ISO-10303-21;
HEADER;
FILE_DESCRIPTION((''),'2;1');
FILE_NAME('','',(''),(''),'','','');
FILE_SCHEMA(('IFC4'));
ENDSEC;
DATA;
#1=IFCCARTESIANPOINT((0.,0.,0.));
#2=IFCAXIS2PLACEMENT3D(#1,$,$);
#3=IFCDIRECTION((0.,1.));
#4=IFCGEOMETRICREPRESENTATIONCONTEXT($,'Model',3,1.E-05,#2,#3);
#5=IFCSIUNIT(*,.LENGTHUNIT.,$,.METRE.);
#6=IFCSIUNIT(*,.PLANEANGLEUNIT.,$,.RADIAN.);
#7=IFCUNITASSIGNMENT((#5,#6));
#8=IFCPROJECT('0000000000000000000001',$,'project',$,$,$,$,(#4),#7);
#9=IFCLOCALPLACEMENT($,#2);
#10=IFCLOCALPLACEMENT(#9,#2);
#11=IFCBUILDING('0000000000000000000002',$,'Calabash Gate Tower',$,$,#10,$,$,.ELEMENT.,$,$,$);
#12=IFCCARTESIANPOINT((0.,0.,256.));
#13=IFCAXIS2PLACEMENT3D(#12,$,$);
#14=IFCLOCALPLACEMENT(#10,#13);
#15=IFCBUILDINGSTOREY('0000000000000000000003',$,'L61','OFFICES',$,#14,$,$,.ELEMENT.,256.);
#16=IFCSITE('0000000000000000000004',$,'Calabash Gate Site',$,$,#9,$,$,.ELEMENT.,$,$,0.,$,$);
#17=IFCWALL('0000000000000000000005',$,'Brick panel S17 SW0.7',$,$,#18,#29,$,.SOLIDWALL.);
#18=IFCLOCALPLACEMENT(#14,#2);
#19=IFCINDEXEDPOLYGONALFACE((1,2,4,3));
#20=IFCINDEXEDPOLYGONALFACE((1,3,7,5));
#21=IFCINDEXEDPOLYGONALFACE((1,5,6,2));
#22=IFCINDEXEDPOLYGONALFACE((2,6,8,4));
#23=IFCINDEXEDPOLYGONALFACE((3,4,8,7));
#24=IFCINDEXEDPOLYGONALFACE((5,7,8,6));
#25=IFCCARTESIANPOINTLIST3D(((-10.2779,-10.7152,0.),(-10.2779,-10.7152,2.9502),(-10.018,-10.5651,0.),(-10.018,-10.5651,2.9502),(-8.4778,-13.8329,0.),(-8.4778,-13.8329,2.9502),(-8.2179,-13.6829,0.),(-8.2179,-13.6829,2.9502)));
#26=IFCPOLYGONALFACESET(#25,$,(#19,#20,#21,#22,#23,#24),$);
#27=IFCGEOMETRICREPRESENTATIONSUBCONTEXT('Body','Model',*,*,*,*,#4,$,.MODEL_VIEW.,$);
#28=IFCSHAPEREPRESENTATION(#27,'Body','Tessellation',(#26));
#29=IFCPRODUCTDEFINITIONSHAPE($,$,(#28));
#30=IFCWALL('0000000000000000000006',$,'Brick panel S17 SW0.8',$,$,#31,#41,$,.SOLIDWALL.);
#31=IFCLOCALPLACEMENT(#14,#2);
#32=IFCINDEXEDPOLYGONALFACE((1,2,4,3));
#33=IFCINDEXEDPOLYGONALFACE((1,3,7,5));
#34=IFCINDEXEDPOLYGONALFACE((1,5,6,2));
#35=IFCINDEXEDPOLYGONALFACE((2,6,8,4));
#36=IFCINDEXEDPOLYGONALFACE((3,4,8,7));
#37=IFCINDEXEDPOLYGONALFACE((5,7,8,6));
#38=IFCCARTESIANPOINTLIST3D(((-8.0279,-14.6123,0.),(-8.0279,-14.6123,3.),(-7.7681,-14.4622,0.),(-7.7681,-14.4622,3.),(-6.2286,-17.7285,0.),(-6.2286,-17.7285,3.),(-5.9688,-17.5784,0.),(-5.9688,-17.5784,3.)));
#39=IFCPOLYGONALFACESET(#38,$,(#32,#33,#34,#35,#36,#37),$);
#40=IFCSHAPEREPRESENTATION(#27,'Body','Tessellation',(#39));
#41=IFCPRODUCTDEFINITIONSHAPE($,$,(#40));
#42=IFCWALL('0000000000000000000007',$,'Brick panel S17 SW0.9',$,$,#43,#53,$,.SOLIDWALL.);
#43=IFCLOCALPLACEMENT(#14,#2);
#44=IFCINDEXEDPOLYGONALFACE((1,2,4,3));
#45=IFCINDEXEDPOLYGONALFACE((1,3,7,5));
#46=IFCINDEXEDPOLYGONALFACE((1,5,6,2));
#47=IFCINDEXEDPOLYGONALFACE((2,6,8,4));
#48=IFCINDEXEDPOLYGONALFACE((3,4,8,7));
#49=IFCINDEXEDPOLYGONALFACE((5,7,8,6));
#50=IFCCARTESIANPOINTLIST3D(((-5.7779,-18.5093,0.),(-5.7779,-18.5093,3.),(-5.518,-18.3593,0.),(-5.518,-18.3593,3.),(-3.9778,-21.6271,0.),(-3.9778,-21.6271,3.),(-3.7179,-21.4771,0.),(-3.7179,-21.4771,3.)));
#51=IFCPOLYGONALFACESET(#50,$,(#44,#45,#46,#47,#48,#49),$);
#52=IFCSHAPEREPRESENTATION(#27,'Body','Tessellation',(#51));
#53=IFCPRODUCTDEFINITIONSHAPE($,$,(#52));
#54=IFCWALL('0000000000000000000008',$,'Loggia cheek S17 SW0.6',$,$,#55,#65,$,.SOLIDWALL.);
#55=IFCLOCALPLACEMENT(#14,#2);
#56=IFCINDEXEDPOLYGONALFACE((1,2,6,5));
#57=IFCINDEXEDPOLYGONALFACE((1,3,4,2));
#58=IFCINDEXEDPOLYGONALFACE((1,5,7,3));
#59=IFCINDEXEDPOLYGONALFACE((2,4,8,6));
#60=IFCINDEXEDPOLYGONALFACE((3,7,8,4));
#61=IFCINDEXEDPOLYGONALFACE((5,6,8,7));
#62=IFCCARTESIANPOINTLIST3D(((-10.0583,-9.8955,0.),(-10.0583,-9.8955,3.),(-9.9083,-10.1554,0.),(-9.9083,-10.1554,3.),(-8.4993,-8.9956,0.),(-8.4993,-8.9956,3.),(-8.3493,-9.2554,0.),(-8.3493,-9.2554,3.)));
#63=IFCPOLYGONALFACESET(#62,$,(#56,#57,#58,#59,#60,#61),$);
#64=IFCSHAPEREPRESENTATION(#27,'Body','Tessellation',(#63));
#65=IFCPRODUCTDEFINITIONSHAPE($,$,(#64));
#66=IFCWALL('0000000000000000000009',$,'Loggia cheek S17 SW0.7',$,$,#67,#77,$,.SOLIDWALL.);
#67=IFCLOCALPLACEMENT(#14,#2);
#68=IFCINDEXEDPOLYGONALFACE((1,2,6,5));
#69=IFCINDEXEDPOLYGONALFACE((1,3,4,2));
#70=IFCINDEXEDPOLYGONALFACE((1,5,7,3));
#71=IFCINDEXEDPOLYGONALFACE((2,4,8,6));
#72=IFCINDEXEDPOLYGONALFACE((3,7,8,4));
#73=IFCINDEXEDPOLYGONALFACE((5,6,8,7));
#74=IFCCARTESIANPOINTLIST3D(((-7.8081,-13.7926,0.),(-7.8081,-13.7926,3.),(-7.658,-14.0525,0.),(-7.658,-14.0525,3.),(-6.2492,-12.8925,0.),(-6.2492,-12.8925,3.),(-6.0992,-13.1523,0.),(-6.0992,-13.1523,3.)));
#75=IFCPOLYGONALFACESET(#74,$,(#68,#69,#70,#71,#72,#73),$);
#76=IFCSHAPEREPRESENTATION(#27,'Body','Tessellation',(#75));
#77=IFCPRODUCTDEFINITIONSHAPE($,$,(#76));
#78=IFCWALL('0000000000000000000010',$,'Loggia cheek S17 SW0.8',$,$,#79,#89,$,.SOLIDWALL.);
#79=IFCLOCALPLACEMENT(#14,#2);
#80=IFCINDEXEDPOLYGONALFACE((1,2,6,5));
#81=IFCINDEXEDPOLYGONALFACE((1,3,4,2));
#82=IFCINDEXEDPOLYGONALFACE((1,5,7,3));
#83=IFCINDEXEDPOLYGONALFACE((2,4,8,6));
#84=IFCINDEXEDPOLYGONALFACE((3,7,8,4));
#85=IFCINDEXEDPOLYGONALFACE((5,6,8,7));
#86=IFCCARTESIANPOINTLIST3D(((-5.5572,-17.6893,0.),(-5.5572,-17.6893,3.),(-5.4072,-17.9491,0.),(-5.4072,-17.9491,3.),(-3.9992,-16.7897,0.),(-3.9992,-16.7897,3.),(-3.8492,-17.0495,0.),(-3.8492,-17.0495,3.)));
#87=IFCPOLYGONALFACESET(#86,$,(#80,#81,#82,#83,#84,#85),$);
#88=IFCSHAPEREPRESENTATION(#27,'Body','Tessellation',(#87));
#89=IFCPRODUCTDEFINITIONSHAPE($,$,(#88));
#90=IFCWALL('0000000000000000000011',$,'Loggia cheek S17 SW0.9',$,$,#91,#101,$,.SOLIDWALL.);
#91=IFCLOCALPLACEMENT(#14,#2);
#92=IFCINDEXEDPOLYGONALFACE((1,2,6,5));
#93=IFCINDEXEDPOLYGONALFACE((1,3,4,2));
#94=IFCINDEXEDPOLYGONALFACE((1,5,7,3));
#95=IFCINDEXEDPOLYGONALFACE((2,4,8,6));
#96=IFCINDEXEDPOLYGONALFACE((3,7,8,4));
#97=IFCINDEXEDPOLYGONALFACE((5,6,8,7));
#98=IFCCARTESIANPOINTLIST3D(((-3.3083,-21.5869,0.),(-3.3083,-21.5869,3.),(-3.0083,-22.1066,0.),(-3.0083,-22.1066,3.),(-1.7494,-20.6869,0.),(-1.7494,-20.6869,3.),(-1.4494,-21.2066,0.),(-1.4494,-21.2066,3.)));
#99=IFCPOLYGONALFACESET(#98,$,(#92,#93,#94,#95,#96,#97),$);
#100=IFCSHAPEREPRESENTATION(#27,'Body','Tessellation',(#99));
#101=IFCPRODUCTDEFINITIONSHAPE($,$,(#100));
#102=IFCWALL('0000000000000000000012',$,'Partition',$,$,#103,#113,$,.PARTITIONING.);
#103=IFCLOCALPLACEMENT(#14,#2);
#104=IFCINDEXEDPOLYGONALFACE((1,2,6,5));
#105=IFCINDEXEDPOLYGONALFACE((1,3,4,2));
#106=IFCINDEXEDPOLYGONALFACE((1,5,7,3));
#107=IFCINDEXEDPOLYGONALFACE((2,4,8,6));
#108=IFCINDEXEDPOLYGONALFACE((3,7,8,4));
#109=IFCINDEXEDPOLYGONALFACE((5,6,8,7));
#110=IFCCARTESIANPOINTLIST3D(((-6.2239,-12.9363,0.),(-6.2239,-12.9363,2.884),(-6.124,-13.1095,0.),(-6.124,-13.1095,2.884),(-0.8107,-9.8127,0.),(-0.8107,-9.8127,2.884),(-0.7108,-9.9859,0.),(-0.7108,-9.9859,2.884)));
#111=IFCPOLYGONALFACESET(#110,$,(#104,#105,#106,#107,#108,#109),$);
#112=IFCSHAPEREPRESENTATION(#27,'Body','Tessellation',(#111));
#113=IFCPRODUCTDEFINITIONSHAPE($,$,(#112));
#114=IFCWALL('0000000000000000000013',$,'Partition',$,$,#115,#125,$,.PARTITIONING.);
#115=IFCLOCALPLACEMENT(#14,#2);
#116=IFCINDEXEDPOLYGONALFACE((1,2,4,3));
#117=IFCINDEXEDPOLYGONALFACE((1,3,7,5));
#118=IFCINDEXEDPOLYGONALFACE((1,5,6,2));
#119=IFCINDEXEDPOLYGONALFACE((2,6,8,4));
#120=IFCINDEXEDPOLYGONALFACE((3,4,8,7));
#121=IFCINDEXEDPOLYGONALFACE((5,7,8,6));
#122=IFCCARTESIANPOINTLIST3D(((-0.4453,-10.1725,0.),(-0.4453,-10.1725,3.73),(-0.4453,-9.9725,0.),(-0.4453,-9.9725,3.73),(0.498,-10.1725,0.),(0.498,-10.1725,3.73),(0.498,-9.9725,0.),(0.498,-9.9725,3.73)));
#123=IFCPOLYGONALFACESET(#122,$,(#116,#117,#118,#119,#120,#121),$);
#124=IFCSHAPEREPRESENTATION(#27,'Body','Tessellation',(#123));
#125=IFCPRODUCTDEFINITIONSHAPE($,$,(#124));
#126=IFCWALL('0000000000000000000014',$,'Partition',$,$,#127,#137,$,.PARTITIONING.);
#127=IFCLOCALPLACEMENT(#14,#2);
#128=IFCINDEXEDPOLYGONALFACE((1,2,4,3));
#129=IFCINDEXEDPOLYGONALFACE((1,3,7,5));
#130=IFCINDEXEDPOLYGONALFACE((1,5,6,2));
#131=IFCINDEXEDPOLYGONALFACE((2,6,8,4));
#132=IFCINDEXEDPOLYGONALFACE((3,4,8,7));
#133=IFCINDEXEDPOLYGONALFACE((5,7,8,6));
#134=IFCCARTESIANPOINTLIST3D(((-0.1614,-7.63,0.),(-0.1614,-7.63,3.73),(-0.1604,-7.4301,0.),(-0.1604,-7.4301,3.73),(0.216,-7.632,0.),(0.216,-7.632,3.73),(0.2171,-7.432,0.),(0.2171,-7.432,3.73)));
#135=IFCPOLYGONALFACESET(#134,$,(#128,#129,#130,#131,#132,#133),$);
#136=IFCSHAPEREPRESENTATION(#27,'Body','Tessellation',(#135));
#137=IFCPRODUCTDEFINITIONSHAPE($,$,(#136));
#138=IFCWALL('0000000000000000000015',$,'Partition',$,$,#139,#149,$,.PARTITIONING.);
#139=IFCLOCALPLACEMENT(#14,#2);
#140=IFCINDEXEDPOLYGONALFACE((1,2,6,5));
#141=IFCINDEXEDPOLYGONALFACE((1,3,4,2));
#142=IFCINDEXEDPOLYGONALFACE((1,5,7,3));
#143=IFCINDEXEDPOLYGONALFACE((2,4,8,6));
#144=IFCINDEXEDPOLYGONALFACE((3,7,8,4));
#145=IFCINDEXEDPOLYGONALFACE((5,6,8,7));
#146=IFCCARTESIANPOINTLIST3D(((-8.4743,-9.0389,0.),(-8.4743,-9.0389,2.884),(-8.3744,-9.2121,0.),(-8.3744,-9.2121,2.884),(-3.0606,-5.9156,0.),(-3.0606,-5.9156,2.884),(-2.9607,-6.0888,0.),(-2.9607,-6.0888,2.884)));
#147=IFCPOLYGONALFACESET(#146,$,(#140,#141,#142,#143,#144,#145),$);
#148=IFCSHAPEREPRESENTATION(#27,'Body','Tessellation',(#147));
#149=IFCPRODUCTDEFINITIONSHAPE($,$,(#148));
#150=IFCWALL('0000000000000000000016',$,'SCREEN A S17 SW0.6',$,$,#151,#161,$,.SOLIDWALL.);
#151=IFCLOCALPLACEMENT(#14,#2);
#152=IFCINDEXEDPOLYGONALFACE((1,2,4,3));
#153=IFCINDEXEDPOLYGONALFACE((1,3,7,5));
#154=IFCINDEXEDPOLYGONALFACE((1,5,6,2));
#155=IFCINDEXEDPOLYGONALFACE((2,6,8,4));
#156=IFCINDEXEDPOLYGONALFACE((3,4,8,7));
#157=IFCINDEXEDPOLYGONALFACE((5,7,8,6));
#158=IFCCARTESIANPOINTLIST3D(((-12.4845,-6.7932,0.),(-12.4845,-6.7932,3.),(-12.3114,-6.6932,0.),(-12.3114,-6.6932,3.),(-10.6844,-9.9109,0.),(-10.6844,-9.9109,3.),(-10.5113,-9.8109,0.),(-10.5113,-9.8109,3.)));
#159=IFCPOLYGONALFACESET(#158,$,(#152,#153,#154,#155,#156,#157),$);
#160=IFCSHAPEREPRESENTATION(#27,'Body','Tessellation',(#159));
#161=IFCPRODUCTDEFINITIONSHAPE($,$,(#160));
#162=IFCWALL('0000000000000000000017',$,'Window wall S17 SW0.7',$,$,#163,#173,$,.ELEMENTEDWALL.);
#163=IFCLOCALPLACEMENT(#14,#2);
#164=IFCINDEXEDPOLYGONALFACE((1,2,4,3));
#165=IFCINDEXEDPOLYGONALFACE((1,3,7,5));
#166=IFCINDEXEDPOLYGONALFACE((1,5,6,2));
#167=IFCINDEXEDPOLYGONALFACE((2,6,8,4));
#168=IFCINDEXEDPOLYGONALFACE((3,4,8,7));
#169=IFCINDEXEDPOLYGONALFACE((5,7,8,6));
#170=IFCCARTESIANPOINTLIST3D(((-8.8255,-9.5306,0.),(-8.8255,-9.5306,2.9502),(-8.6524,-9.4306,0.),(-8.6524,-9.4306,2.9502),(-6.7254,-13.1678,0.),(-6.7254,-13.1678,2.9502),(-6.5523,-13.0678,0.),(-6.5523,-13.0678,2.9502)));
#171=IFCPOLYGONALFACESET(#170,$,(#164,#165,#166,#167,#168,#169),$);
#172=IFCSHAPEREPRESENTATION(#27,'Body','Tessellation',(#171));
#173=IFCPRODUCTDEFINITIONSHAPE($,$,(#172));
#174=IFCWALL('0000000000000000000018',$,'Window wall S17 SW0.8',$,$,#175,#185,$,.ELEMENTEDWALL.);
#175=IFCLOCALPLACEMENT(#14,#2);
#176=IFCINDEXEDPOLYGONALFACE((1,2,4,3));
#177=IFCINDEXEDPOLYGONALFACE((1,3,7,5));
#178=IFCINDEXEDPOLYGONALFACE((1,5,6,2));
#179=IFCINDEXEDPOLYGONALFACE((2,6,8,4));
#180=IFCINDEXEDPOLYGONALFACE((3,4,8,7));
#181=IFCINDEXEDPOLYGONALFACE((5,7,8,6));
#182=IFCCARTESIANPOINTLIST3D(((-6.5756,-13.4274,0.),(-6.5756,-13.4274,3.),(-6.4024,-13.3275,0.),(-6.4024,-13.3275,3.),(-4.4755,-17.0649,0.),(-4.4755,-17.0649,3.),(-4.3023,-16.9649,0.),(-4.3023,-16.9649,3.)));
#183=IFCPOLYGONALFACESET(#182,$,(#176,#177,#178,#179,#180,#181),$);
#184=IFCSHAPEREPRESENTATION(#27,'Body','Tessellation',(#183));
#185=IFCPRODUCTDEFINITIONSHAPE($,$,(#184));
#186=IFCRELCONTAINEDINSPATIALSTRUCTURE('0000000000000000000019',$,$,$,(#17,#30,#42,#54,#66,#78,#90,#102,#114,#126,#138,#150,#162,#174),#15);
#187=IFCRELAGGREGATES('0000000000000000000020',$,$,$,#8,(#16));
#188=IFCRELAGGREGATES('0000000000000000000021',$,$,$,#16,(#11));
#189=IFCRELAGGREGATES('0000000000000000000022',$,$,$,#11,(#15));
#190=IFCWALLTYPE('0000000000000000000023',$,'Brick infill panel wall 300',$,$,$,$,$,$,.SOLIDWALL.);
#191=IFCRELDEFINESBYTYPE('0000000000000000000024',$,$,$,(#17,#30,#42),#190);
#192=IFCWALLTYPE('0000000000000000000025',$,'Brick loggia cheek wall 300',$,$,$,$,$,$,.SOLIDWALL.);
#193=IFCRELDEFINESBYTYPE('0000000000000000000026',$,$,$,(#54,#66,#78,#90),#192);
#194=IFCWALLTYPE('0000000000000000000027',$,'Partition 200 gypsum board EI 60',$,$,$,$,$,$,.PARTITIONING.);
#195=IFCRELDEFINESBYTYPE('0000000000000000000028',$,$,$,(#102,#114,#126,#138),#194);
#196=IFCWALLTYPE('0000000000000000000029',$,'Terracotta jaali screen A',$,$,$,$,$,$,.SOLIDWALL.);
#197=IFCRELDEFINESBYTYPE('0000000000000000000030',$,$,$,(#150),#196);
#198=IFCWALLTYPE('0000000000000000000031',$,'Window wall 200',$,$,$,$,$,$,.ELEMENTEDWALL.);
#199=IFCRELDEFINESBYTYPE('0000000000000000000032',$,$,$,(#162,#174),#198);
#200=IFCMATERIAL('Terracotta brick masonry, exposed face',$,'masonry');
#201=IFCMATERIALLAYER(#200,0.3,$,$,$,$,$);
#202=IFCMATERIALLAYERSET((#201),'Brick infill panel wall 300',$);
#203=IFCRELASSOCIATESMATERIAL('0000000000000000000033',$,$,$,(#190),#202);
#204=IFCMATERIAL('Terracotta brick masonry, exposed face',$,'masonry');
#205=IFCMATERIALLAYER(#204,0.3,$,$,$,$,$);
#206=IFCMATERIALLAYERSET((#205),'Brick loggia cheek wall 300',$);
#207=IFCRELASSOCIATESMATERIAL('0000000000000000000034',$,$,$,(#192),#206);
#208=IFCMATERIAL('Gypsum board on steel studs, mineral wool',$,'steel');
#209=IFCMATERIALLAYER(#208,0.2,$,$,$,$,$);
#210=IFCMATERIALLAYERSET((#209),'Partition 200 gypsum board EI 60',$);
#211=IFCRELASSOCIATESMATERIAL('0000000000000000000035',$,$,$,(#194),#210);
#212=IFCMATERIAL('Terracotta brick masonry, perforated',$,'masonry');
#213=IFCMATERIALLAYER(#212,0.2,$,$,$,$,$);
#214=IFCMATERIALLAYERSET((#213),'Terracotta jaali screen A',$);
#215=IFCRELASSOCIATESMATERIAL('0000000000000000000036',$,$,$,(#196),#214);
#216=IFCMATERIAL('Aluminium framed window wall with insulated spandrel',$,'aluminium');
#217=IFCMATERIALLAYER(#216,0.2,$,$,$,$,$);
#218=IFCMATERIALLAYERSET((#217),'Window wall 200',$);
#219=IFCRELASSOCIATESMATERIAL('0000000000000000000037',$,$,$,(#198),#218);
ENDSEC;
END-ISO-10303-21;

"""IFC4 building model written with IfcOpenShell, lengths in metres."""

from ifc_helpers import new_model, si_unit, direction, frame, frame_2d, origin, place, context, subcontext, project, spatial, rectangle, extrude, material, layer, layer_set, type_object, element, save


model = new_model("IFC4")

# Units and contexts
model_context = context("Model", 3, precision=1e-05, world=origin(), true_north=direction((0.0, 1.0)))
body_context = subcontext(model_context, "Body", "Model", "MODEL_VIEW")
ifc_project = project(units=[si_unit("LENGTHUNIT", "METRE"), si_unit("PLANEANGLEUNIT", "RADIAN")], contexts=[model_context])

# Site, building, storey
site_placement = place(None, origin())
site = spatial("IfcSite", under=ifc_project, at=site_placement, Name="Calabash Gate Site", CompositionType="ELEMENT", RefElevation=0.0)
building_placement = place(site_placement, origin())
building = spatial("IfcBuilding", under=site, at=building_placement, Name="Calabash Gate Tower", CompositionType="ELEMENT")
storey_placement = place(building_placement, frame((0.0, 0.0, 256.0)))
storey = spatial("IfcBuildingStorey", under=building, at=storey_placement, Name="L61", Description="OFFICES", CompositionType="ELEMENT", Elevation=256.0)

# Walls
ifc_material_1 = material(Name="Terracotta brick masonry, exposed face", Category="masonry")
ifc_layer_1 = layer(ifc_material_1, 0.3)
ifc_layer_set_1 = layer_set([ifc_layer_1], Name="Brick infill panel wall 300")
wall_type_1 = type_object("IfcWallType", Name="Brick infill panel wall 300", PredefinedType="SOLIDWALL", material=ifc_layer_set_1)
wall_1_placement = place(storey_placement, frame((-10.1479, -10.6401, 0.0), z_axis=(0.0, 0.0, 1.0), x_axis=(0.500012, -0.866018, 0.0)))
element("IfcWall", 1, at=wall_1_placement, inside=storey, type_object=wall_type_1, Name="Brick panel S17 SW0.7", PredefinedType="SOLIDWALL", context=body_context, shape_type="SweptSolid", body=[
    extrude(rectangle(XDim=3.6001, YDim=0.3, at=frame_2d((1.8, 0.0))), origin(), (0.0, 0.0, 1.0), 2.9502),
])
wall_2_placement = place(storey_placement, frame((-6.0986, -17.6536, 0.0), z_axis=(0.0, 0.0, 1.0), x_axis=(-0.500036, 0.866005, 0.0)))
element("IfcWall", 2, at=wall_2_placement, inside=storey, type_object=wall_type_1, Name="Brick panel S17 SW0.8", PredefinedType="SOLIDWALL", context=body_context, shape_type="SweptSolid", body=[
    extrude(rectangle(XDim=3.5984, YDim=0.3, at=frame_2d((1.7993, 0.0))), origin(), (0.0, 0.0, 1.0), 3.0),
])
wall_3_placement = place(storey_placement, frame((-5.6479, -18.4343, 0.0), z_axis=(0.0, 0.0, 1.0), x_axis=(0.500012, -0.866018, 0.0)))
element("IfcWall", 3, at=wall_3_placement, inside=storey, type_object=wall_type_1, Name="Brick panel S17 SW0.9", PredefinedType="SOLIDWALL", context=body_context, shape_type="SweptSolid", body=[
    extrude(rectangle(XDim=3.6001, YDim=0.3, at=frame_2d((1.8, 0.0))), origin(), (0.0, 0.0, 1.0), 3.0),
])
ifc_material_2 = material(Name="Terracotta brick masonry, exposed face", Category="masonry")
ifc_layer_2 = layer(ifc_material_2, 0.3)
ifc_layer_set_2 = layer_set([ifc_layer_2], Name="Brick loggia cheek wall 300")
wall_type_2 = type_object("IfcWallType", Name="Brick loggia cheek wall 300", PredefinedType="SOLIDWALL", material=ifc_layer_set_2)
for number, where, z_axis, x_axis, name in (
    (4, (-9.9832, -10.0254, 0.0), (0.0, 0.0, 1.0), (0.866048, 0.499961, 0.0), "Loggia cheek S17 SW0.6"),
    (5, (-6.1743, -13.0225, 0.0), (0.0, 0.0, 1.0), (-0.865989, -0.500063, 0.0), "Loggia cheek S17 SW0.7"),
):
    element("IfcWall", number, at=place(storey_placement, frame(where, z_axis=z_axis, x_axis=x_axis)), inside=storey, type_object=wall_type_2, Name=name, PredefinedType="SOLIDWALL", context=body_context, shape_type="SweptSolid", body=[
        extrude(rectangle(XDim=1.8, YDim=0.3, at=frame_2d((0.8999, 0.0))), origin(), (0.0, 0.0, 1.0), 3.0),
    ])
wall_4_placement = place(storey_placement, frame((-3.9243, -16.9197, 0.0), z_axis=(0.0, 0.0, 1.0), x_axis=(-0.866005, -0.500036, 0.0)))
element("IfcWall", 6, at=wall_4_placement, inside=storey, type_object=wall_type_2, Name="Loggia cheek S17 SW0.8", PredefinedType="SOLIDWALL", context=body_context, shape_type="SweptSolid", body=[
    extrude(rectangle(XDim=1.7991, YDim=0.3, at=frame_2d((0.8994, 0.0))), origin(), (0.0, 0.0, 1.0), 3.0),
])
wall_5_placement = place(storey_placement, frame((-3.1582, -21.8467, 0.0), z_axis=(0.0, 0.0, 1.0), x_axis=(0.866048, 0.499961, 0.0)))
element("IfcWall", 7, at=wall_5_placement, inside=storey, type_object=wall_type_2, Name="Loggia cheek S17 SW0.9", PredefinedType="SOLIDWALL", context=body_context, shape_type="SweptSolid", body=[
    extrude(rectangle(XDim=1.8, YDim=0.6001, at=frame_2d((0.8999, 0.0))), origin(), (0.0, 0.0, 1.0), 3.0),
])
ifc_material_3 = material(Name="Gypsum board on steel studs, mineral wool", Category="steel")
ifc_layer_3 = layer(ifc_material_3, 0.2)
ifc_layer_set_3 = layer_set([ifc_layer_3], Name="Partition 200 gypsum board EI 60")
wall_type_3 = type_object("IfcWallType", Name="Partition 200 gypsum board EI 60", PredefinedType="PARTITIONING", material=ifc_layer_set_3)
wall_6_placement = place(storey_placement, frame((-6.1741, -13.0229, 0.0), z_axis=(0.0, 0.0, 1.0), x_axis=(0.866144, 0.499795, 0.0)))
element("IfcWall", 8, at=wall_6_placement, inside=storey, type_object=wall_type_3, Name="Partition", PredefinedType="PARTITIONING", context=body_context, shape_type="SweptSolid", body=[
    extrude(rectangle(XDim=6.2498, YDim=0.2, at=frame_2d((3.125, 0.0))), origin(), (0.0, 0.0, 1.0), 2.884),
])
wall_7_placement = place(storey_placement, frame((-0.4453, -10.0725, 0.0), z_axis=(0.0, 0.0, 1.0), x_axis=(1.0, 0.0, 0.0)))
element("IfcWall", 9, at=wall_7_placement, inside=storey, type_object=wall_type_3, Name="Partition", PredefinedType="PARTITIONING", context=body_context, shape_type="SweptSolid", body=[
    extrude(rectangle(XDim=0.9434, YDim=0.2, at=frame_2d((0.4717, 0.0))), origin(), (0.0, 0.0, 1.0), 3.73),
])
wall_8_placement = place(storey_placement, frame((-0.1609, -7.53, 0.0), z_axis=(0.0, 0.0, 1.0), x_axis=(0.999987, -0.005175, 0.0)))
element("IfcWall", 10, at=wall_8_placement, inside=storey, type_object=wall_type_3, Name="Partition", PredefinedType="PARTITIONING", context=body_context, shape_type="SweptSolid", body=[
    extrude(rectangle(XDim=0.3774, YDim=0.2, at=frame_2d((0.1887, 0.0))), origin(), (0.0, 0.0, 1.0), 3.73),
])
wall_9_placement = place(storey_placement, frame((-8.4243, -9.1255, 0.0), z_axis=(0.0, 0.0, 1.0), x_axis=(0.86618, 0.499731, 0.0)))
element("IfcWall", 11, at=wall_9_placement, inside=storey, type_object=wall_type_3, Name="Partition", PredefinedType="PARTITIONING", context=body_context, shape_type="SweptSolid", body=[
    extrude(rectangle(XDim=6.25, YDim=0.2, at=frame_2d((3.125, 0.0))), origin(), (0.0, 0.0, 1.0), 2.884),
])
ifc_material_4 = material(Name="Terracotta brick masonry, perforated", Category="masonry")
ifc_layer_4 = layer(ifc_material_4, 0.2)
ifc_layer_set_4 = layer_set([ifc_layer_4], Name="Terracotta jaali screen A")
wall_type_4 = type_object("IfcWallType", Name="Terracotta jaali screen A", PredefinedType="SOLIDWALL", material=ifc_layer_set_4)
wall_10_placement = place(storey_placement, frame((-12.3979, -6.7432, 0.0), z_axis=(0.0, 0.0, 1.0), x_axis=(0.500012, -0.866018, 0.0)))
element("IfcWall", 12, at=wall_10_placement, inside=storey, type_object=wall_type_4, Name="SCREEN A S17 SW0.6", PredefinedType="SOLIDWALL", context=body_context, shape_type="SweptSolid", body=[
    extrude(rectangle(XDim=3.6001, YDim=0.2, at=frame_2d((1.8, 0.0))), origin(), (0.0, 0.0, 1.0), 3.0),
])
ifc_material_5 = material(Name="Aluminium framed window wall with insulated spandrel", Category="aluminium")
ifc_layer_5 = layer(ifc_material_5, 0.2)
ifc_layer_set_5 = layer_set([ifc_layer_5], Name="Window wall 200")
wall_type_5 = type_object("IfcWallType", Name="Window wall 200", PredefinedType="ELEMENTEDWALL", material=ifc_layer_set_5)
wall_11_placement = place(storey_placement, frame((-8.739, -9.4805, 0.0), z_axis=(0.0, 0.0, 1.0), x_axis=(0.500028, -0.866009, 0.0)))
element("IfcWall", 13, at=wall_11_placement, inside=storey, type_object=wall_type_5, Name="Window wall S17 SW0.7", PredefinedType="ELEMENTEDWALL", context=body_context, shape_type="SweptSolid", body=[
    extrude(rectangle(XDim=4.2, YDim=0.2, at=frame_2d((2.1001, 0.0))), origin(), (0.0, 0.0, 1.0), 2.9502),
])
wall_12_placement = place(storey_placement, frame((-6.489, -13.3774, 0.0), z_axis=(0.0, 0.0, 1.0), x_axis=(0.500003, -0.866024, 0.0)))
element("IfcWall", 14, at=wall_12_placement, inside=storey, type_object=wall_type_5, Name="Window wall S17 SW0.8", PredefinedType="ELEMENTEDWALL", context=body_context, shape_type="SweptSolid", body=[
    extrude(rectangle(XDim=4.2002, YDim=0.2, at=frame_2d((2.1001, 0.0))), origin(), (0.0, 0.0, 1.0), 3.0),
])

save(model, "model.ifc")
